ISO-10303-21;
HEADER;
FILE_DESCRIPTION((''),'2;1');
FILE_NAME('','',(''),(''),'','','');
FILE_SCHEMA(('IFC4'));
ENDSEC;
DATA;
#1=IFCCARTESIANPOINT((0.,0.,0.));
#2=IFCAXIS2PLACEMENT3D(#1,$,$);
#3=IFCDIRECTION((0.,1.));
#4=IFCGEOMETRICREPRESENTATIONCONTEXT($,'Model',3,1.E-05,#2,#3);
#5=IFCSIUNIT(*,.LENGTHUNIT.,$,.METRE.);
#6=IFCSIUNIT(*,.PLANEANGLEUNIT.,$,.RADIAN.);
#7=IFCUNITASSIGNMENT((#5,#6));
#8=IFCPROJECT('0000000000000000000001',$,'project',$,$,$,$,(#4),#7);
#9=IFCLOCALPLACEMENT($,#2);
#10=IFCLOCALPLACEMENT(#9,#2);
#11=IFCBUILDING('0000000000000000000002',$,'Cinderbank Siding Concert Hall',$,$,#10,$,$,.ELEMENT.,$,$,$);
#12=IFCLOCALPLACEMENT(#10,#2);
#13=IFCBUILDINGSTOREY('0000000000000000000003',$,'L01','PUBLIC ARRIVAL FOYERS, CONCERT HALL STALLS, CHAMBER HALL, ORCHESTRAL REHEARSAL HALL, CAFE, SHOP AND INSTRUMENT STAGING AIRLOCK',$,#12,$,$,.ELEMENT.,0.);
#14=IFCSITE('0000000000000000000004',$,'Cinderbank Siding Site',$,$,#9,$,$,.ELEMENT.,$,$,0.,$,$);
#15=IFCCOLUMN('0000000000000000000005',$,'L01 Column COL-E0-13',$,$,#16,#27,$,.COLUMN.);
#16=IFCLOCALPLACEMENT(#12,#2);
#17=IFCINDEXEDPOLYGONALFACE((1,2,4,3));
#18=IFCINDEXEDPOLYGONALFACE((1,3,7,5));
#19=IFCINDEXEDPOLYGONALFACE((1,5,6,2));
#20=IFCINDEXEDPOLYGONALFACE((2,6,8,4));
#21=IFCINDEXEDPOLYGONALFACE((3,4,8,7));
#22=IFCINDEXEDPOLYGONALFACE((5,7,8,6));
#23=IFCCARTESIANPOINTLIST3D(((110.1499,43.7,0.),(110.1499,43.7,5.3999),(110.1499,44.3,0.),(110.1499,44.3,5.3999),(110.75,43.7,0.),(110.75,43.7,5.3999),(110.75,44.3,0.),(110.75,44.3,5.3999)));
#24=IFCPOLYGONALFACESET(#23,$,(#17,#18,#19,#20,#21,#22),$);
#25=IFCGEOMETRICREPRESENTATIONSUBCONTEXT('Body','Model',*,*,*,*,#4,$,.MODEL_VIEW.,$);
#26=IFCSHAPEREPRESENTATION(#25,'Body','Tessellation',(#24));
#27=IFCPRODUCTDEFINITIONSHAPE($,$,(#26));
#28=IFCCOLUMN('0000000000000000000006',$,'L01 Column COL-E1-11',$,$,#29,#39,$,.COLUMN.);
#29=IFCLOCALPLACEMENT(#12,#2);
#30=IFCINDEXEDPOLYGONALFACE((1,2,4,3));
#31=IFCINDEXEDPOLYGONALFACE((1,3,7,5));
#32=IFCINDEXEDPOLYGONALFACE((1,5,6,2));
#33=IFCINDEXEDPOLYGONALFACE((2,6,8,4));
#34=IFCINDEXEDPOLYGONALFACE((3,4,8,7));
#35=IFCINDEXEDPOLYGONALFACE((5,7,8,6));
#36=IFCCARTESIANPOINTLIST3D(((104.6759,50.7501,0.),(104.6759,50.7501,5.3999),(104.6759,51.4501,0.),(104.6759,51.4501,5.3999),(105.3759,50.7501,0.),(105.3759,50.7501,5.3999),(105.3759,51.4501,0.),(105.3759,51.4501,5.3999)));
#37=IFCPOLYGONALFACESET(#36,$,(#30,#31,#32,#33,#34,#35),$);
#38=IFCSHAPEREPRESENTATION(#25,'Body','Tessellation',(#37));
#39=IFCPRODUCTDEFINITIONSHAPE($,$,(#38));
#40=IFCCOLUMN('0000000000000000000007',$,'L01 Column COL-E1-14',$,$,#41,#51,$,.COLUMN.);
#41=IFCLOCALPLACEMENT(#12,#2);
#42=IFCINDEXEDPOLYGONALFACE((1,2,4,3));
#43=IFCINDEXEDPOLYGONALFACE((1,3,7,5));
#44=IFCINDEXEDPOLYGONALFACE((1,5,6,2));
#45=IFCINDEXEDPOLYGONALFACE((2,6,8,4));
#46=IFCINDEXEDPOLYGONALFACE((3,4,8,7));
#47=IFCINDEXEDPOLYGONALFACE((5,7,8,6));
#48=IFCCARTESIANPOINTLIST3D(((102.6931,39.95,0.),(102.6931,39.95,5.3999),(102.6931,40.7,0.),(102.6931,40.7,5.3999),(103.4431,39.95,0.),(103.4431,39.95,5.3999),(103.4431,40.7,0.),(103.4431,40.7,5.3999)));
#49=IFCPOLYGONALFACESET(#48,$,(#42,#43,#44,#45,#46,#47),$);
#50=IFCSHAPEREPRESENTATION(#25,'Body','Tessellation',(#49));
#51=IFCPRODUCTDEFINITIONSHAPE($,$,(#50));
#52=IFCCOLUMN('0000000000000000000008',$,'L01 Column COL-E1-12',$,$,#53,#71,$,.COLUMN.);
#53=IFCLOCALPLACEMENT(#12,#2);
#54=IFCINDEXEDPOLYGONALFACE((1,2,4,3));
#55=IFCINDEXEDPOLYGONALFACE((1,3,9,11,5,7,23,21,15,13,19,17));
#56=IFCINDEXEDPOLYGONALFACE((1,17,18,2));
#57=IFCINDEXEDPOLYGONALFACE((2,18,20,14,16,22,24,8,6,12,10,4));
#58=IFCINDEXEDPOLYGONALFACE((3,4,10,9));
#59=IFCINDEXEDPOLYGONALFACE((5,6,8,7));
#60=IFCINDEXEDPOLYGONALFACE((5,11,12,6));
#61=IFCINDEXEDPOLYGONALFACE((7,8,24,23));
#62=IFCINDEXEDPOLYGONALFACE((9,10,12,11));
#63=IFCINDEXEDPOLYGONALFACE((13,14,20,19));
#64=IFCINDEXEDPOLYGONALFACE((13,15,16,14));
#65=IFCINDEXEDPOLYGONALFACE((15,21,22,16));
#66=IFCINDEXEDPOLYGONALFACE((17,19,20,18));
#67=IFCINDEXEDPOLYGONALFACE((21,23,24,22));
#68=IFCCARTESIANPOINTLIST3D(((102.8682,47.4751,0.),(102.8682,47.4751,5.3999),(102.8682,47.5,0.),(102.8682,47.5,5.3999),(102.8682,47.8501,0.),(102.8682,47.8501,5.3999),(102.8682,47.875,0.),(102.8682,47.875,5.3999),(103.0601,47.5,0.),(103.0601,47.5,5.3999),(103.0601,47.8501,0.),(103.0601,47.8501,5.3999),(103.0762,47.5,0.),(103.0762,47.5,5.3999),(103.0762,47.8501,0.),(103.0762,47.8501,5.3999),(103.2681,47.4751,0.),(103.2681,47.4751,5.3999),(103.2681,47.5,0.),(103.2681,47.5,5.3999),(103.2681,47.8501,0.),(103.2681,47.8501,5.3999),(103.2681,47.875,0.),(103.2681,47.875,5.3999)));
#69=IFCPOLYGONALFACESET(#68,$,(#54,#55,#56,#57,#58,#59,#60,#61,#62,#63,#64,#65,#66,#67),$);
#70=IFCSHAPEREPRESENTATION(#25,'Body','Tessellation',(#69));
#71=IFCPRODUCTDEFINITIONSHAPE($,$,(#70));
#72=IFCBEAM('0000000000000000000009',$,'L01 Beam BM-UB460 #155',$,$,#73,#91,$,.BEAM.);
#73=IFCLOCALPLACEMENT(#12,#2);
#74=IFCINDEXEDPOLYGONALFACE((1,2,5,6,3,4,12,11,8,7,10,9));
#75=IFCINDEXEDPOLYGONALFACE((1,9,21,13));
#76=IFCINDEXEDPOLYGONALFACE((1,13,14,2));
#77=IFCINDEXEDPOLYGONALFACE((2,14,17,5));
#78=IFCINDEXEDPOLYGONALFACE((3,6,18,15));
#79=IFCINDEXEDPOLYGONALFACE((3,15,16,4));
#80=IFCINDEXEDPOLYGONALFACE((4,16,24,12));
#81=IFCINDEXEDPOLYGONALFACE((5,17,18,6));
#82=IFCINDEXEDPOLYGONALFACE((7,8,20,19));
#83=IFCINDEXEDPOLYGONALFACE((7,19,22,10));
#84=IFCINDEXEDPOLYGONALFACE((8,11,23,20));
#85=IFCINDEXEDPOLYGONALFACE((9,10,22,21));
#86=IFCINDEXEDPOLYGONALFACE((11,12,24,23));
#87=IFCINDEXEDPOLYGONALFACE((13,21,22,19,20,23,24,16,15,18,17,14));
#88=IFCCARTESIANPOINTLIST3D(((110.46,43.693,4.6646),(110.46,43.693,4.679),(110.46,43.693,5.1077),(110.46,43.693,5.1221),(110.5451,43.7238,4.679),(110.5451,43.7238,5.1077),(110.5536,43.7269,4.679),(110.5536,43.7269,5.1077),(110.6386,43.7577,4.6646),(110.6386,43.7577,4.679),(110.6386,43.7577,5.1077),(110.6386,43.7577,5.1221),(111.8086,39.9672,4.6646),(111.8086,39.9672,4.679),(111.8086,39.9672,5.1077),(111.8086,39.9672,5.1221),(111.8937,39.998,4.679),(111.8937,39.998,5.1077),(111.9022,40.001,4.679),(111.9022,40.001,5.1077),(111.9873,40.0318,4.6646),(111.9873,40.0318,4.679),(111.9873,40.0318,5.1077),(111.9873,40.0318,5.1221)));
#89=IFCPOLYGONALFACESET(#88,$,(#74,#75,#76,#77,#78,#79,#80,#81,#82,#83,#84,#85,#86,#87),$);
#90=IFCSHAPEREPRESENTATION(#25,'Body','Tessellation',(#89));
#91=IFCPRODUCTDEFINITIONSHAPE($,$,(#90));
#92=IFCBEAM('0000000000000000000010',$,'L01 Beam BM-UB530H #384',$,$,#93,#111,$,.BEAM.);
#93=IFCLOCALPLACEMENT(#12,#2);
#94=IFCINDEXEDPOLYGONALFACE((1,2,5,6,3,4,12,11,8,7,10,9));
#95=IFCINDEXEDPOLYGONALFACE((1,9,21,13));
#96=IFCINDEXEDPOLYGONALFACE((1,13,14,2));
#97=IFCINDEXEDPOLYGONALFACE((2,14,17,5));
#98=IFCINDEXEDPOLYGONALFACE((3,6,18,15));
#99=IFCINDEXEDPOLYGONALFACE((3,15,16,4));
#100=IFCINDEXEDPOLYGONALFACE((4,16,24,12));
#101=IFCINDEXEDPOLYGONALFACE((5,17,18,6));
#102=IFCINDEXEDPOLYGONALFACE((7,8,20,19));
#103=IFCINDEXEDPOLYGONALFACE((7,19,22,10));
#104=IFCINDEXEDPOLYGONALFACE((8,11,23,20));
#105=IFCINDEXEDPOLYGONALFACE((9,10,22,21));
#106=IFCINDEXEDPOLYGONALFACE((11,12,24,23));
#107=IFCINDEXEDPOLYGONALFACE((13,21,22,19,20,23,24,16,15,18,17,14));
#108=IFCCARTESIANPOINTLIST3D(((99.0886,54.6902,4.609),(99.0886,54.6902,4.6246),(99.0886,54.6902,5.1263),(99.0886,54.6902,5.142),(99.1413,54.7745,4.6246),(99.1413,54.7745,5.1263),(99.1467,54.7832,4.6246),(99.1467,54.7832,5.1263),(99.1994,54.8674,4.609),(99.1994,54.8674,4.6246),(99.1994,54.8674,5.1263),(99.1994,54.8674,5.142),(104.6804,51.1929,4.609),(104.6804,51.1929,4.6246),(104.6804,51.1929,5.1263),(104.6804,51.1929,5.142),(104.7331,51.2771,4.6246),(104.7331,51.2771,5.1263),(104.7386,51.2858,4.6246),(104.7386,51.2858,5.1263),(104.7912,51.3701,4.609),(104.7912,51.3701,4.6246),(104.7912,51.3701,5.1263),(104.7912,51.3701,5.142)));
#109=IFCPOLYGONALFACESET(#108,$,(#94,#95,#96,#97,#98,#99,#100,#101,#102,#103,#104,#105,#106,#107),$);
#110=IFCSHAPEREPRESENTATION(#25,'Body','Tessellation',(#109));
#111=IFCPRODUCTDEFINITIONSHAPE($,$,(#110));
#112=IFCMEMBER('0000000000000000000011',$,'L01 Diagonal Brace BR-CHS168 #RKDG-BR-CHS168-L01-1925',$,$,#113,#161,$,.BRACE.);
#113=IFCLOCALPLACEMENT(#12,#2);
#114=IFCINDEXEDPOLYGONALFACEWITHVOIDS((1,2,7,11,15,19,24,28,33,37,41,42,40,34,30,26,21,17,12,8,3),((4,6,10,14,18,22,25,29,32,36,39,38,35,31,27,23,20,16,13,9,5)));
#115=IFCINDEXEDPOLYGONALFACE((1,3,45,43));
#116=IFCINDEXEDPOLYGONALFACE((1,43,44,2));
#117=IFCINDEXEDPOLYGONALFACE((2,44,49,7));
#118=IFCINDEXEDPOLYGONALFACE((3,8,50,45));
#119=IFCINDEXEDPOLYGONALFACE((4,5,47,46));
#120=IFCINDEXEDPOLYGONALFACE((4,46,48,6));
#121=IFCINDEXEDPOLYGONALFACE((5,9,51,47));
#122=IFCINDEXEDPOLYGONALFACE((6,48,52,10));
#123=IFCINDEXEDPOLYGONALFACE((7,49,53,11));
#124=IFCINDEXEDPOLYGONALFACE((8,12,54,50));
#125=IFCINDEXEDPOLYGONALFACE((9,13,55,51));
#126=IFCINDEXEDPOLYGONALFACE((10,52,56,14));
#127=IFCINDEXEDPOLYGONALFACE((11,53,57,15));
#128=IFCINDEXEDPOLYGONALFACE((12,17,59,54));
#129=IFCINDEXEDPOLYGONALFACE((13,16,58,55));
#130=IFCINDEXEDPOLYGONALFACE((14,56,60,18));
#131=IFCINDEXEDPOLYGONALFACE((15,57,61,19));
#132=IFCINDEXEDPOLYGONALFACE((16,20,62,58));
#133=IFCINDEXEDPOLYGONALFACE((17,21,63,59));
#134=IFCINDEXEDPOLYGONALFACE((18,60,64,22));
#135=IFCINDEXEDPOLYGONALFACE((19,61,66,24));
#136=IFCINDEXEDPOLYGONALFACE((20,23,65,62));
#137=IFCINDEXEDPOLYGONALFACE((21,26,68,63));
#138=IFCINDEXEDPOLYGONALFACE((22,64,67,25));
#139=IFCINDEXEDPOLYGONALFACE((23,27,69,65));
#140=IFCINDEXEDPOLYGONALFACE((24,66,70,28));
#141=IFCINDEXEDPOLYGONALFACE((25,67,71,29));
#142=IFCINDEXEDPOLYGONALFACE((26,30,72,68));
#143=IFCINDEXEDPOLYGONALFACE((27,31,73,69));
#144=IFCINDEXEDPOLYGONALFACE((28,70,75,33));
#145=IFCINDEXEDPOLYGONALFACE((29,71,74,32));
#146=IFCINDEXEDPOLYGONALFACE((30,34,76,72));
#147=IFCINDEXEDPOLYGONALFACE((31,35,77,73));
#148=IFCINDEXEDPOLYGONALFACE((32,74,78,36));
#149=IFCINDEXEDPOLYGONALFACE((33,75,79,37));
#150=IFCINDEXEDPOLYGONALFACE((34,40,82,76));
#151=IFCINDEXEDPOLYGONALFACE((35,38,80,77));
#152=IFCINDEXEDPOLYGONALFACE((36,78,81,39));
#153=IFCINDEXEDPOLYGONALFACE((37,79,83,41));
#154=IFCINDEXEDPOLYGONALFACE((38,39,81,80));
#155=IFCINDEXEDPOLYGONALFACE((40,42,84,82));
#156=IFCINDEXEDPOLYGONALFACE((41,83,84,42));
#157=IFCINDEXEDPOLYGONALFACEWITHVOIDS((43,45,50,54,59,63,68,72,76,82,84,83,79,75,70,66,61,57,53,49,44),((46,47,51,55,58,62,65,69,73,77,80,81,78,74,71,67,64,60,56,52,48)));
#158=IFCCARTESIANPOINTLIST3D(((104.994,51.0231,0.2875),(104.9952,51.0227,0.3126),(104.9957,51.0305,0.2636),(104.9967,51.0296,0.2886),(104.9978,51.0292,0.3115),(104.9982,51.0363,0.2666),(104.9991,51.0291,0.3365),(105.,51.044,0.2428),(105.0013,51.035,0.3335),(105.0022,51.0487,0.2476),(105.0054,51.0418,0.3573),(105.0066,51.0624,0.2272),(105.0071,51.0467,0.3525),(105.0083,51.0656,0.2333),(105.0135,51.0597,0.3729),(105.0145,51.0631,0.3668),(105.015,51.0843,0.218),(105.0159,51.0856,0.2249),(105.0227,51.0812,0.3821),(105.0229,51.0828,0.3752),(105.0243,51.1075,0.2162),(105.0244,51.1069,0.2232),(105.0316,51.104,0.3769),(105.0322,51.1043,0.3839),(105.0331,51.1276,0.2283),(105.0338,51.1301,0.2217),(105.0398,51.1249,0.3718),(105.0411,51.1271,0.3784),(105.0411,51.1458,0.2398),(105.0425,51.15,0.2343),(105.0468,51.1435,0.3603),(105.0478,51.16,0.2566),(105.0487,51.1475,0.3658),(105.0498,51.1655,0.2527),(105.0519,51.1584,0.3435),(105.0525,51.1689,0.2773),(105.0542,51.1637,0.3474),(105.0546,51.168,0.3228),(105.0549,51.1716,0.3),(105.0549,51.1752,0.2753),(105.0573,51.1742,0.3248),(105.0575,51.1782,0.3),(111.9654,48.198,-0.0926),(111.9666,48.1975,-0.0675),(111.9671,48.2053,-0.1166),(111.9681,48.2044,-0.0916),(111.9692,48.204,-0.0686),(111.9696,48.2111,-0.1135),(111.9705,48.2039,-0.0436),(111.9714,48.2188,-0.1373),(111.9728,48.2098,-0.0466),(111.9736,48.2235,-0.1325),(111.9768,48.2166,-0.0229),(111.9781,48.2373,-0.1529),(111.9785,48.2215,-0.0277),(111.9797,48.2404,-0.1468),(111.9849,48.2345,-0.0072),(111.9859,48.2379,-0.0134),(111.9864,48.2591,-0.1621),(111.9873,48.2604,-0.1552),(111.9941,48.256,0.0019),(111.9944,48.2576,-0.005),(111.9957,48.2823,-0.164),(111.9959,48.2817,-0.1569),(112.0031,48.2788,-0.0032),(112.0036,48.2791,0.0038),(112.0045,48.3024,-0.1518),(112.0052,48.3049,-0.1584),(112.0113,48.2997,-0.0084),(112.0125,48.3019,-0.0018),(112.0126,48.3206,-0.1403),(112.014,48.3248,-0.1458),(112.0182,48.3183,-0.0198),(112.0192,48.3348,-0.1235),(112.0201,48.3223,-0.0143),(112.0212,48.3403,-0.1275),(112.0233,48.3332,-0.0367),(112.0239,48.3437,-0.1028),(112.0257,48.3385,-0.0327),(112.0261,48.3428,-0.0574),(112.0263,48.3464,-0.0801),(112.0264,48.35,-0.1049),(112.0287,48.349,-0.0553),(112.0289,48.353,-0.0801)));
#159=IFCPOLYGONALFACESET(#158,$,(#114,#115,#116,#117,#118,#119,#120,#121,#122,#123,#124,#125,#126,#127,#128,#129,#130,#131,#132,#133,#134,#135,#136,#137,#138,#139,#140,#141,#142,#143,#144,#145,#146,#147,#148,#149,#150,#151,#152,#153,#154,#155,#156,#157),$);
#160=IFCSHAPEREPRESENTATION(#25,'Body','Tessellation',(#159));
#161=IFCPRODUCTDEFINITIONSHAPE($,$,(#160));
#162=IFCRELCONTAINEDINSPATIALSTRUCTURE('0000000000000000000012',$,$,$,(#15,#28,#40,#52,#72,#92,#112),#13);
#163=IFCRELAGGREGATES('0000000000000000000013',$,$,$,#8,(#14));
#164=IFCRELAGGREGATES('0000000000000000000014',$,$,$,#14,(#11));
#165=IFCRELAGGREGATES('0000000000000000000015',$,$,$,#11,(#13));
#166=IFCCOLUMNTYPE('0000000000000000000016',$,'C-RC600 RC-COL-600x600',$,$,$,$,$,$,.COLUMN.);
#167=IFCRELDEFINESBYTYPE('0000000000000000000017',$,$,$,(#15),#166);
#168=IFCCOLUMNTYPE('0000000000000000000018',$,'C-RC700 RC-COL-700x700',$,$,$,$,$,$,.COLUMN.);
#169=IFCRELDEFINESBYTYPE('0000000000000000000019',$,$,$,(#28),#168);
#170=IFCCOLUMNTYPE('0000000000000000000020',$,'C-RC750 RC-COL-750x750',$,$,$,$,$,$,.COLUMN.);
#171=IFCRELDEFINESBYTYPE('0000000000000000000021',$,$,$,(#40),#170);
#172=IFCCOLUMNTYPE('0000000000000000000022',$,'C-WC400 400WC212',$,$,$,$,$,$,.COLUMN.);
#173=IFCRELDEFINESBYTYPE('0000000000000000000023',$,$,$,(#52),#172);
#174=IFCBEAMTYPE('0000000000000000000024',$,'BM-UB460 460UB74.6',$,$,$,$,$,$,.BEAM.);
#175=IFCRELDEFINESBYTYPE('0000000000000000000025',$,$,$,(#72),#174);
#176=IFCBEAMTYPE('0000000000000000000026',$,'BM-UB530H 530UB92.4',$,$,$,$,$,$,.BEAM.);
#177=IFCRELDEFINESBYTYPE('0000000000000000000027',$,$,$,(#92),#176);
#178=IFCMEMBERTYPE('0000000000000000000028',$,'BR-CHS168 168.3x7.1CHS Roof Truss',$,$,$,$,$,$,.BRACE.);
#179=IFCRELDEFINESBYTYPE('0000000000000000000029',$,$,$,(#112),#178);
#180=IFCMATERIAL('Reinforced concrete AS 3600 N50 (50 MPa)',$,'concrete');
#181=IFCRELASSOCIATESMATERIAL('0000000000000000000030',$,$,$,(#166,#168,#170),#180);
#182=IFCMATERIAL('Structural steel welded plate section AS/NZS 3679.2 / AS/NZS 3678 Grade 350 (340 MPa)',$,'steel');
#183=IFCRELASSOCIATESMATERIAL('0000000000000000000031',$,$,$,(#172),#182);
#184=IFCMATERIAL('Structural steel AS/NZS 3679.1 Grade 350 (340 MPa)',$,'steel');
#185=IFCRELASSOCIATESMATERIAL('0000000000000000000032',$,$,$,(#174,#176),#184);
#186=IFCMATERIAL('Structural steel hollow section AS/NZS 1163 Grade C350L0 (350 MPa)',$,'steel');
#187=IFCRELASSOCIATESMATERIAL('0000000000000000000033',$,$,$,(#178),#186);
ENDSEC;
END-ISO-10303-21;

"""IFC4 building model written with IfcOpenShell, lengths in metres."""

from ifc_helpers import new_model, si_unit, direction, frame, origin, origin_2d, place, context, subcontext, project, spatial, rectangle, hollow_circle, i_section, extrude, material, material_profile, profile_set, type_object, element, save


model = new_model("IFC4")

# Units and contexts
model_context = context("Model", 3, precision=1e-05, world=origin(), true_north=direction((0.0, 1.0)))
body_context = subcontext(model_context, "Body", "Model", "MODEL_VIEW")
ifc_project = project(units=[si_unit("LENGTHUNIT", "METRE"), si_unit("PLANEANGLEUNIT", "RADIAN")], contexts=[model_context])

# Site, building, storey
site_placement = place(None, origin())
site = spatial("IfcSite", under=ifc_project, at=site_placement, Name="Cinderbank Siding Site", CompositionType="ELEMENT", RefElevation=0.0)
building_placement = place(site_placement, origin())
building = spatial("IfcBuilding", under=site, at=building_placement, Name="Cinderbank Siding Concert Hall", CompositionType="ELEMENT")
storey_placement = place(building_placement, origin())
storey = spatial("IfcBuildingStorey", under=building, at=storey_placement, Name="L01", Description="PUBLIC ARRIVAL FOYERS, CONCERT HALL STALLS, CHAMBER HALL, ORCHESTRAL REHEARSAL HALL, CAFE, SHOP AND INSTRUMENT STAGING AIRLOCK", CompositionType="ELEMENT", Elevation=0.0)

# Columns
ifc_material_1 = material(Name="Reinforced concrete AS 3600 N50 (50 MPa)", Category="concrete")
ifc_material_profile_1 = material_profile(ifc_material_1, rectangle(XDim=0.6001, YDim=0.6001, at=origin_2d()), Name="RC-COL-600x600", Category="LoadBearing")
ifc_profile_set_1 = profile_set([ifc_material_profile_1], Name="Reinforced concrete AS 3600 N50 (50 MPa)")
column_type_1 = type_object("IfcColumnType", Name="C-RC600 RC-COL-600x600", PredefinedType="COLUMN", material=ifc_profile_set_1)
column_1_placement = place(storey_placement, frame((110.45, 44.0, 0.0), z_axis=(0.0, 0.0, 1.0), x_axis=(1.0, 0.0, 0.0)))
element("IfcColumn", 1, at=column_1_placement, inside=storey, type_object=column_type_1, Name="L01 Column COL-E0-13", PredefinedType="COLUMN", context=body_context, shape_type="SweptSolid", body=[
    extrude(rectangle(XDim=0.6001, YDim=0.6001, at=origin_2d()), origin(), (0.0, 0.0, 1.0), 5.3999),
])
ifc_material_profile_2 = material_profile(ifc_material_1, rectangle(XDim=0.7, YDim=0.7, at=origin_2d()), Name="RC-COL-700x700", Category="LoadBearing")
ifc_profile_set_2 = profile_set([ifc_material_profile_2], Name="Reinforced concrete AS 3600 N50 (50 MPa)")
column_type_2 = type_object("IfcColumnType", Name="C-RC700 RC-COL-700x700", PredefinedType="COLUMN", material=ifc_profile_set_2)
column_2_placement = place(storey_placement, frame((105.0259, 51.1001, 0.0), z_axis=(0.0, 0.0, 1.0), x_axis=(1.0, 0.0, 0.0)))
element("IfcColumn", 2, at=column_2_placement, inside=storey, type_object=column_type_2, Name="L01 Column COL-E1-11", PredefinedType="COLUMN", context=body_context, shape_type="SweptSolid", body=[
    extrude(rectangle(XDim=0.7, YDim=0.7, at=origin_2d()), origin(), (0.0, 0.0, 1.0), 5.3999),
])
ifc_material_profile_3 = material_profile(ifc_material_1, rectangle(XDim=0.75, YDim=0.75, at=origin_2d()), Name="RC-COL-750x750", Category="LoadBearing")
ifc_profile_set_3 = profile_set([ifc_material_profile_3], Name="Reinforced concrete AS 3600 N50 (50 MPa)")
column_type_3 = type_object("IfcColumnType", Name="C-RC750 RC-COL-750x750", PredefinedType="COLUMN", material=ifc_profile_set_3)
column_3_placement = place(storey_placement, frame((103.0681, 40.325, 0.0), z_axis=(0.0, 0.0, 1.0), x_axis=(1.0, 0.0, 0.0)))
element("IfcColumn", 3, at=column_3_placement, inside=storey, type_object=column_type_3, Name="L01 Column COL-E1-14", PredefinedType="COLUMN", context=body_context, shape_type="SweptSolid", body=[
    extrude(rectangle(XDim=0.75, YDim=0.75, at=origin_2d()), origin(), (0.0, 0.0, 1.0), 5.3999),
])
ifc_material_2 = material(Name="Structural steel welded plate section AS/NZS 3679.2 / AS/NZS 3678 Grade 350 (340 MPa)", Category="steel")
ifc_material_profile_4 = material_profile(ifc_material_2, i_section(OverallWidth=0.3999, OverallDepth=0.3999, WebThickness=0.0161, FlangeThickness=0.0249, at=origin_2d()), Name="400WC212", Category="LoadBearing")
ifc_profile_set_4 = profile_set([ifc_material_profile_4], Name="Structural steel welded plate section AS/NZS 3679.2 / AS/NZS 3678 Grade 350 (340 MPa)")
column_type_4 = type_object("IfcColumnType", Name="C-WC400 400WC212", PredefinedType="COLUMN", material=ifc_profile_set_4)
column_4_placement = place(storey_placement, frame((103.0681, 47.675, 0.0), z_axis=(0.0, 0.0, 1.0), x_axis=(1.0, 0.0, 0.0)))
element("IfcColumn", 4, at=column_4_placement, inside=storey, type_object=column_type_4, Name="L01 Column COL-E1-12", PredefinedType="COLUMN", context=body_context, shape_type="SweptSolid", body=[
    extrude(i_section(OverallWidth=0.3999, OverallDepth=0.3999, WebThickness=0.0161, FlangeThickness=0.0249, at=origin_2d()), origin(), (0.0, 0.0, 1.0), 5.3999),
])

# Beams
ifc_material_3 = material(Name="Structural steel AS/NZS 3679.1 Grade 350 (340 MPa)", Category="steel")
ifc_material_profile_5 = material_profile(ifc_material_3, i_section(OverallWidth=0.1899, OverallDepth=0.4575, WebThickness=0.009, FlangeThickness=0.0144, at=origin_2d()), Name="460UB74.6", Category="LoadBearing")
ifc_profile_set_5 = profile_set([ifc_material_profile_5], Name="Structural steel AS/NZS 3679.1 Grade 350 (340 MPa)")
beam_type_1 = type_object("IfcBeamType", Name="BM-UB460 460UB74.6", PredefinedType="BEAM", material=ifc_profile_set_5)
beam_1_placement = place(storey_placement, frame((110.5493, 43.7253, 4.8933), z_axis=(0.340357, -0.940296, 0.0), x_axis=(0.940296, 0.340357, 0.0)))
element("IfcBeam", 5, at=beam_1_placement, inside=storey, type_object=beam_type_1, Name="L01 Beam BM-UB460 #155", PredefinedType="BEAM", context=body_context, shape_type="SweptSolid", body=[
    extrude(i_section(OverallWidth=0.1899, OverallDepth=0.4575, WebThickness=0.009, FlangeThickness=0.0144, at=origin_2d()), origin(), (0.0, 0.0, 1.0), 3.9624),
])
ifc_material_profile_6 = material_profile(ifc_material_3, i_section(OverallWidth=0.209, OverallDepth=0.533, WebThickness=0.0103, FlangeThickness=0.0156, at=origin_2d()), Name="530UB92.4", Category="LoadBearing")
ifc_profile_set_6 = profile_set([ifc_material_profile_6], Name="Structural steel AS/NZS 3679.1 Grade 350 (340 MPa)")
beam_type_2 = type_object("IfcBeamType", Name="BM-UB530H 530UB92.4", PredefinedType="BEAM", material=ifc_profile_set_6)
beam_2_placement = place(storey_placement, frame((104.7358, 51.2815, 4.8755), z_axis=(-0.847832, 0.530265, 0.0), x_axis=(-0.530265, -0.847832, 0.0)))
element("IfcBeam", 6, at=beam_2_placement, inside=storey, type_object=beam_type_2, Name="L01 Beam BM-UB530H #384", PredefinedType="BEAM", context=body_context, shape_type="SweptSolid", body=[
    extrude(i_section(OverallWidth=0.209, OverallDepth=0.533, WebThickness=0.0103, FlangeThickness=0.0156, at=origin_2d()), origin(), (0.0, 0.0, 1.0), 6.5955),
])

# Member
ifc_material_4 = material(Name="Structural steel hollow section AS/NZS 1163 Grade C350L0 (350 MPa)", Category="steel")
ifc_material_profile_7 = material_profile(ifc_material_4, hollow_circle(Radius=0.0842, WallThickness=0.0071, at=origin_2d()), Name="168.3x7.1CHS", Category="LoadBearing")
ifc_profile_set_7 = profile_set([ifc_material_profile_7], Name="Structural steel hollow section AS/NZS 1163 Grade C350L0 (350 MPa)")
member_type_1 = type_object("IfcMemberType", Name="BR-CHS168 168.3x7.1CHS Roof Truss", PredefinedType="BRACE", material=ifc_profile_set_7)
member_1_placement = place(storey_placement, frame((105.0259, 51.1001, 0.3), z_axis=(0.925607, -0.375105, -0.05047), x_axis=(0.375584, 0.926788, 0.0)))
element("IfcMember", 7, at=member_1_placement, inside=storey, type_object=member_type_1, Name="L01 Diagonal Brace BR-CHS168 #RKDG-BR-CHS168-L01-1925", PredefinedType="BRACE", context=body_context, shape_type="SweptSolid", body=[
    extrude(hollow_circle(Radius=0.0842, WallThickness=0.0071, at=origin_2d()), origin(), (0.0, 0.0, 1.0), 7.5317),
])

save(model, "model.ifc")
